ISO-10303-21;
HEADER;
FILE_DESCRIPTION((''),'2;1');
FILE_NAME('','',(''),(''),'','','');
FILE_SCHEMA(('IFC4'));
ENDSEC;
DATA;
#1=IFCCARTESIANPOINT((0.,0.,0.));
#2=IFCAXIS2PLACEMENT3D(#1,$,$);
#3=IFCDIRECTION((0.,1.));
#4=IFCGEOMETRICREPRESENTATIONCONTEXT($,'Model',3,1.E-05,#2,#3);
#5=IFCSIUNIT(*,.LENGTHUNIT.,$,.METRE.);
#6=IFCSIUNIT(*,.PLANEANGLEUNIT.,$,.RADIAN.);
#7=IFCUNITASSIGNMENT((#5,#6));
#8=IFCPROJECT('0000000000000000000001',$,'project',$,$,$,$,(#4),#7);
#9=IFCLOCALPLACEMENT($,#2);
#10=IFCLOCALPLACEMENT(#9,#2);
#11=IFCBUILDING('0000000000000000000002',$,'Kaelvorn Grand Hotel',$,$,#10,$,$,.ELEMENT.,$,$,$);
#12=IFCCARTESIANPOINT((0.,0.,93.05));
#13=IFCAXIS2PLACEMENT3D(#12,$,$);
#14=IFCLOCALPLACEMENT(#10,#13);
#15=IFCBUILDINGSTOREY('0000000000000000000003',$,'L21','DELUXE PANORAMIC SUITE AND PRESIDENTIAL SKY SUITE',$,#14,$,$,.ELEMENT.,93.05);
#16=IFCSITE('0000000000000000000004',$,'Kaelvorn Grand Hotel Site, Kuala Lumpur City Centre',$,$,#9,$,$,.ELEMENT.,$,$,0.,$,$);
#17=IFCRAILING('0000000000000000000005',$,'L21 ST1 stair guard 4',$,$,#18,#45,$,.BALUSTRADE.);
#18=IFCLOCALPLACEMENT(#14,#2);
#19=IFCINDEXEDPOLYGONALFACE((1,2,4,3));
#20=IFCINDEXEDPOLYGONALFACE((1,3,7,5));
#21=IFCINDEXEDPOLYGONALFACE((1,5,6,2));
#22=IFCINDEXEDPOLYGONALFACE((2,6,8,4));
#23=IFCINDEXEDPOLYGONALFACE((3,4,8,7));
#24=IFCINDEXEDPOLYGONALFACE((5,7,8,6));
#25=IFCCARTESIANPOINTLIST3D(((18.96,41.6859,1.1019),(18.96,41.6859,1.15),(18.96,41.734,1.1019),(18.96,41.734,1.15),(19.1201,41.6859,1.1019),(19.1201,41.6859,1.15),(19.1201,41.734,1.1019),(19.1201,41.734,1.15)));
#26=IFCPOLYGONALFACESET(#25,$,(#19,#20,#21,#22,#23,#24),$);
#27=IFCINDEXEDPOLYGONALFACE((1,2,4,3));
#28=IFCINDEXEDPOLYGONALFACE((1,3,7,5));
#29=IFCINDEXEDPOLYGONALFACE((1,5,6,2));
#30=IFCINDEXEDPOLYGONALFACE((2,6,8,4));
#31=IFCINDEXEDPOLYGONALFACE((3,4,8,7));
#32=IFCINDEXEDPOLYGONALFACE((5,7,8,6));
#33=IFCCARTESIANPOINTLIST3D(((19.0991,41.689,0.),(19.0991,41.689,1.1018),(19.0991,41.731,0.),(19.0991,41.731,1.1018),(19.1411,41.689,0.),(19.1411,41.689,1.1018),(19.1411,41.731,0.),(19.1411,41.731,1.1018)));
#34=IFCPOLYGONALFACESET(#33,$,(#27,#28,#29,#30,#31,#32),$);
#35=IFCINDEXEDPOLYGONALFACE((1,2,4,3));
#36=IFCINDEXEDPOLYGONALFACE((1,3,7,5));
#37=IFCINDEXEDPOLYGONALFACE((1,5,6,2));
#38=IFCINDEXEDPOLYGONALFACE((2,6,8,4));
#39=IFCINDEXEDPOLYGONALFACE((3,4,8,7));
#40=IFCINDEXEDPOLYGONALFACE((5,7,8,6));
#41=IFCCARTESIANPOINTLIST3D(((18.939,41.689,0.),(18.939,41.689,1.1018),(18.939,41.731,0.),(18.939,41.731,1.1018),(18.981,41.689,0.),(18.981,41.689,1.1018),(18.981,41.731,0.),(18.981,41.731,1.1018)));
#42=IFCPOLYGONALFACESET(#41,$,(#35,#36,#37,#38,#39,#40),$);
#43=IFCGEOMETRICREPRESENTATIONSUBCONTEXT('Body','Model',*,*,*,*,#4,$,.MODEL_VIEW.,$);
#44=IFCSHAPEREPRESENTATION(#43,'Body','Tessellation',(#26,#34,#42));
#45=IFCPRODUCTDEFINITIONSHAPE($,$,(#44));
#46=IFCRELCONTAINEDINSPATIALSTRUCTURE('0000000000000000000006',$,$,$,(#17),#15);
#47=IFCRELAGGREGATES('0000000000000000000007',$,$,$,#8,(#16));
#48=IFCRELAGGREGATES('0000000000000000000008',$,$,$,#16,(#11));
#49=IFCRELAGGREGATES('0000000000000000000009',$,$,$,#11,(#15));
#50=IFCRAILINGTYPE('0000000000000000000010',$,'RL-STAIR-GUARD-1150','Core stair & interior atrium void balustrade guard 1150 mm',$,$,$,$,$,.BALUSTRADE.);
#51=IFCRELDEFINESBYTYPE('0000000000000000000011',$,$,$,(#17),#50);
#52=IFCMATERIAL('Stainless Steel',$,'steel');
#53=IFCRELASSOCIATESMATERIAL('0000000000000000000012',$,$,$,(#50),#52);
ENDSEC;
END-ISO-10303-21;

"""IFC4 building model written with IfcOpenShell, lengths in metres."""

from ifc_helpers import new_model, si_unit, direction, frame, origin, origin_2d, place, context, subcontext, project, spatial, rectangle, extrude, material, type_object, element, save


model = new_model("IFC4")

# Units and contexts
model_context = context("Model", 3, precision=1e-05, world=origin(), true_north=direction((0.0, 1.0)))
body_context = subcontext(model_context, "Body", "Model", "MODEL_VIEW")
ifc_project = project(units=[si_unit("LENGTHUNIT", "METRE"), si_unit("PLANEANGLEUNIT", "RADIAN")], contexts=[model_context])

# Site, building, storey
site_placement = place(None, origin())
site = spatial("IfcSite", under=ifc_project, at=site_placement, Name="Kaelvorn Grand Hotel Site, Kuala Lumpur City Centre", CompositionType="ELEMENT", RefElevation=0.0)
building_placement = place(site_placement, origin())
building = spatial("IfcBuilding", under=site, at=building_placement, Name="Kaelvorn Grand Hotel", CompositionType="ELEMENT")
storey_placement = place(building_placement, frame((0.0, 0.0, 93.05)))
storey = spatial("IfcBuildingStorey", under=building, at=storey_placement, Name="L21", Description="DELUXE PANORAMIC SUITE AND PRESIDENTIAL SKY SUITE", CompositionType="ELEMENT", Elevation=93.05)

# Shared definitions
ifc_material_1 = material(Name="Stainless Steel", Category="steel")

# Railing
railing_type_1 = type_object("IfcRailingType", Name="RL-STAIR-GUARD-1150", Description="Core stair & interior atrium void balustrade guard 1150 mm", PredefinedType="BALUSTRADE", material=ifc_material_1)
railing_1_placement = place(storey_placement, frame((19.1201, 41.71, 0.0)))
element("IfcRailing", 1, at=railing_1_placement, inside=storey, type_object=railing_type_1, Name="L21 ST1 stair guard 4", PredefinedType="BALUSTRADE", context=body_context, shape_type="SweptSolid", body=[
    extrude(rectangle(XDim=0.0481, YDim=0.0481, at=origin_2d()), frame((0.0, 0.0, 1.126), z_axis=(-1.0, 0.0, 0.0), x_axis=(0.0, -1.0, 0.0)), (0.0, 0.0, 1.0), 0.1602),
    extrude(rectangle(XDim=0.042, YDim=0.042, at=origin_2d()), origin(), (0.0, 0.0, 1.0), 1.1018),
    extrude(rectangle(XDim=0.042, YDim=0.042, at=origin_2d()), frame((-0.1602, 0.0, 0.0)), (0.0, 0.0, 1.0), 1.1018),
])

save(model, "model.ifc")
